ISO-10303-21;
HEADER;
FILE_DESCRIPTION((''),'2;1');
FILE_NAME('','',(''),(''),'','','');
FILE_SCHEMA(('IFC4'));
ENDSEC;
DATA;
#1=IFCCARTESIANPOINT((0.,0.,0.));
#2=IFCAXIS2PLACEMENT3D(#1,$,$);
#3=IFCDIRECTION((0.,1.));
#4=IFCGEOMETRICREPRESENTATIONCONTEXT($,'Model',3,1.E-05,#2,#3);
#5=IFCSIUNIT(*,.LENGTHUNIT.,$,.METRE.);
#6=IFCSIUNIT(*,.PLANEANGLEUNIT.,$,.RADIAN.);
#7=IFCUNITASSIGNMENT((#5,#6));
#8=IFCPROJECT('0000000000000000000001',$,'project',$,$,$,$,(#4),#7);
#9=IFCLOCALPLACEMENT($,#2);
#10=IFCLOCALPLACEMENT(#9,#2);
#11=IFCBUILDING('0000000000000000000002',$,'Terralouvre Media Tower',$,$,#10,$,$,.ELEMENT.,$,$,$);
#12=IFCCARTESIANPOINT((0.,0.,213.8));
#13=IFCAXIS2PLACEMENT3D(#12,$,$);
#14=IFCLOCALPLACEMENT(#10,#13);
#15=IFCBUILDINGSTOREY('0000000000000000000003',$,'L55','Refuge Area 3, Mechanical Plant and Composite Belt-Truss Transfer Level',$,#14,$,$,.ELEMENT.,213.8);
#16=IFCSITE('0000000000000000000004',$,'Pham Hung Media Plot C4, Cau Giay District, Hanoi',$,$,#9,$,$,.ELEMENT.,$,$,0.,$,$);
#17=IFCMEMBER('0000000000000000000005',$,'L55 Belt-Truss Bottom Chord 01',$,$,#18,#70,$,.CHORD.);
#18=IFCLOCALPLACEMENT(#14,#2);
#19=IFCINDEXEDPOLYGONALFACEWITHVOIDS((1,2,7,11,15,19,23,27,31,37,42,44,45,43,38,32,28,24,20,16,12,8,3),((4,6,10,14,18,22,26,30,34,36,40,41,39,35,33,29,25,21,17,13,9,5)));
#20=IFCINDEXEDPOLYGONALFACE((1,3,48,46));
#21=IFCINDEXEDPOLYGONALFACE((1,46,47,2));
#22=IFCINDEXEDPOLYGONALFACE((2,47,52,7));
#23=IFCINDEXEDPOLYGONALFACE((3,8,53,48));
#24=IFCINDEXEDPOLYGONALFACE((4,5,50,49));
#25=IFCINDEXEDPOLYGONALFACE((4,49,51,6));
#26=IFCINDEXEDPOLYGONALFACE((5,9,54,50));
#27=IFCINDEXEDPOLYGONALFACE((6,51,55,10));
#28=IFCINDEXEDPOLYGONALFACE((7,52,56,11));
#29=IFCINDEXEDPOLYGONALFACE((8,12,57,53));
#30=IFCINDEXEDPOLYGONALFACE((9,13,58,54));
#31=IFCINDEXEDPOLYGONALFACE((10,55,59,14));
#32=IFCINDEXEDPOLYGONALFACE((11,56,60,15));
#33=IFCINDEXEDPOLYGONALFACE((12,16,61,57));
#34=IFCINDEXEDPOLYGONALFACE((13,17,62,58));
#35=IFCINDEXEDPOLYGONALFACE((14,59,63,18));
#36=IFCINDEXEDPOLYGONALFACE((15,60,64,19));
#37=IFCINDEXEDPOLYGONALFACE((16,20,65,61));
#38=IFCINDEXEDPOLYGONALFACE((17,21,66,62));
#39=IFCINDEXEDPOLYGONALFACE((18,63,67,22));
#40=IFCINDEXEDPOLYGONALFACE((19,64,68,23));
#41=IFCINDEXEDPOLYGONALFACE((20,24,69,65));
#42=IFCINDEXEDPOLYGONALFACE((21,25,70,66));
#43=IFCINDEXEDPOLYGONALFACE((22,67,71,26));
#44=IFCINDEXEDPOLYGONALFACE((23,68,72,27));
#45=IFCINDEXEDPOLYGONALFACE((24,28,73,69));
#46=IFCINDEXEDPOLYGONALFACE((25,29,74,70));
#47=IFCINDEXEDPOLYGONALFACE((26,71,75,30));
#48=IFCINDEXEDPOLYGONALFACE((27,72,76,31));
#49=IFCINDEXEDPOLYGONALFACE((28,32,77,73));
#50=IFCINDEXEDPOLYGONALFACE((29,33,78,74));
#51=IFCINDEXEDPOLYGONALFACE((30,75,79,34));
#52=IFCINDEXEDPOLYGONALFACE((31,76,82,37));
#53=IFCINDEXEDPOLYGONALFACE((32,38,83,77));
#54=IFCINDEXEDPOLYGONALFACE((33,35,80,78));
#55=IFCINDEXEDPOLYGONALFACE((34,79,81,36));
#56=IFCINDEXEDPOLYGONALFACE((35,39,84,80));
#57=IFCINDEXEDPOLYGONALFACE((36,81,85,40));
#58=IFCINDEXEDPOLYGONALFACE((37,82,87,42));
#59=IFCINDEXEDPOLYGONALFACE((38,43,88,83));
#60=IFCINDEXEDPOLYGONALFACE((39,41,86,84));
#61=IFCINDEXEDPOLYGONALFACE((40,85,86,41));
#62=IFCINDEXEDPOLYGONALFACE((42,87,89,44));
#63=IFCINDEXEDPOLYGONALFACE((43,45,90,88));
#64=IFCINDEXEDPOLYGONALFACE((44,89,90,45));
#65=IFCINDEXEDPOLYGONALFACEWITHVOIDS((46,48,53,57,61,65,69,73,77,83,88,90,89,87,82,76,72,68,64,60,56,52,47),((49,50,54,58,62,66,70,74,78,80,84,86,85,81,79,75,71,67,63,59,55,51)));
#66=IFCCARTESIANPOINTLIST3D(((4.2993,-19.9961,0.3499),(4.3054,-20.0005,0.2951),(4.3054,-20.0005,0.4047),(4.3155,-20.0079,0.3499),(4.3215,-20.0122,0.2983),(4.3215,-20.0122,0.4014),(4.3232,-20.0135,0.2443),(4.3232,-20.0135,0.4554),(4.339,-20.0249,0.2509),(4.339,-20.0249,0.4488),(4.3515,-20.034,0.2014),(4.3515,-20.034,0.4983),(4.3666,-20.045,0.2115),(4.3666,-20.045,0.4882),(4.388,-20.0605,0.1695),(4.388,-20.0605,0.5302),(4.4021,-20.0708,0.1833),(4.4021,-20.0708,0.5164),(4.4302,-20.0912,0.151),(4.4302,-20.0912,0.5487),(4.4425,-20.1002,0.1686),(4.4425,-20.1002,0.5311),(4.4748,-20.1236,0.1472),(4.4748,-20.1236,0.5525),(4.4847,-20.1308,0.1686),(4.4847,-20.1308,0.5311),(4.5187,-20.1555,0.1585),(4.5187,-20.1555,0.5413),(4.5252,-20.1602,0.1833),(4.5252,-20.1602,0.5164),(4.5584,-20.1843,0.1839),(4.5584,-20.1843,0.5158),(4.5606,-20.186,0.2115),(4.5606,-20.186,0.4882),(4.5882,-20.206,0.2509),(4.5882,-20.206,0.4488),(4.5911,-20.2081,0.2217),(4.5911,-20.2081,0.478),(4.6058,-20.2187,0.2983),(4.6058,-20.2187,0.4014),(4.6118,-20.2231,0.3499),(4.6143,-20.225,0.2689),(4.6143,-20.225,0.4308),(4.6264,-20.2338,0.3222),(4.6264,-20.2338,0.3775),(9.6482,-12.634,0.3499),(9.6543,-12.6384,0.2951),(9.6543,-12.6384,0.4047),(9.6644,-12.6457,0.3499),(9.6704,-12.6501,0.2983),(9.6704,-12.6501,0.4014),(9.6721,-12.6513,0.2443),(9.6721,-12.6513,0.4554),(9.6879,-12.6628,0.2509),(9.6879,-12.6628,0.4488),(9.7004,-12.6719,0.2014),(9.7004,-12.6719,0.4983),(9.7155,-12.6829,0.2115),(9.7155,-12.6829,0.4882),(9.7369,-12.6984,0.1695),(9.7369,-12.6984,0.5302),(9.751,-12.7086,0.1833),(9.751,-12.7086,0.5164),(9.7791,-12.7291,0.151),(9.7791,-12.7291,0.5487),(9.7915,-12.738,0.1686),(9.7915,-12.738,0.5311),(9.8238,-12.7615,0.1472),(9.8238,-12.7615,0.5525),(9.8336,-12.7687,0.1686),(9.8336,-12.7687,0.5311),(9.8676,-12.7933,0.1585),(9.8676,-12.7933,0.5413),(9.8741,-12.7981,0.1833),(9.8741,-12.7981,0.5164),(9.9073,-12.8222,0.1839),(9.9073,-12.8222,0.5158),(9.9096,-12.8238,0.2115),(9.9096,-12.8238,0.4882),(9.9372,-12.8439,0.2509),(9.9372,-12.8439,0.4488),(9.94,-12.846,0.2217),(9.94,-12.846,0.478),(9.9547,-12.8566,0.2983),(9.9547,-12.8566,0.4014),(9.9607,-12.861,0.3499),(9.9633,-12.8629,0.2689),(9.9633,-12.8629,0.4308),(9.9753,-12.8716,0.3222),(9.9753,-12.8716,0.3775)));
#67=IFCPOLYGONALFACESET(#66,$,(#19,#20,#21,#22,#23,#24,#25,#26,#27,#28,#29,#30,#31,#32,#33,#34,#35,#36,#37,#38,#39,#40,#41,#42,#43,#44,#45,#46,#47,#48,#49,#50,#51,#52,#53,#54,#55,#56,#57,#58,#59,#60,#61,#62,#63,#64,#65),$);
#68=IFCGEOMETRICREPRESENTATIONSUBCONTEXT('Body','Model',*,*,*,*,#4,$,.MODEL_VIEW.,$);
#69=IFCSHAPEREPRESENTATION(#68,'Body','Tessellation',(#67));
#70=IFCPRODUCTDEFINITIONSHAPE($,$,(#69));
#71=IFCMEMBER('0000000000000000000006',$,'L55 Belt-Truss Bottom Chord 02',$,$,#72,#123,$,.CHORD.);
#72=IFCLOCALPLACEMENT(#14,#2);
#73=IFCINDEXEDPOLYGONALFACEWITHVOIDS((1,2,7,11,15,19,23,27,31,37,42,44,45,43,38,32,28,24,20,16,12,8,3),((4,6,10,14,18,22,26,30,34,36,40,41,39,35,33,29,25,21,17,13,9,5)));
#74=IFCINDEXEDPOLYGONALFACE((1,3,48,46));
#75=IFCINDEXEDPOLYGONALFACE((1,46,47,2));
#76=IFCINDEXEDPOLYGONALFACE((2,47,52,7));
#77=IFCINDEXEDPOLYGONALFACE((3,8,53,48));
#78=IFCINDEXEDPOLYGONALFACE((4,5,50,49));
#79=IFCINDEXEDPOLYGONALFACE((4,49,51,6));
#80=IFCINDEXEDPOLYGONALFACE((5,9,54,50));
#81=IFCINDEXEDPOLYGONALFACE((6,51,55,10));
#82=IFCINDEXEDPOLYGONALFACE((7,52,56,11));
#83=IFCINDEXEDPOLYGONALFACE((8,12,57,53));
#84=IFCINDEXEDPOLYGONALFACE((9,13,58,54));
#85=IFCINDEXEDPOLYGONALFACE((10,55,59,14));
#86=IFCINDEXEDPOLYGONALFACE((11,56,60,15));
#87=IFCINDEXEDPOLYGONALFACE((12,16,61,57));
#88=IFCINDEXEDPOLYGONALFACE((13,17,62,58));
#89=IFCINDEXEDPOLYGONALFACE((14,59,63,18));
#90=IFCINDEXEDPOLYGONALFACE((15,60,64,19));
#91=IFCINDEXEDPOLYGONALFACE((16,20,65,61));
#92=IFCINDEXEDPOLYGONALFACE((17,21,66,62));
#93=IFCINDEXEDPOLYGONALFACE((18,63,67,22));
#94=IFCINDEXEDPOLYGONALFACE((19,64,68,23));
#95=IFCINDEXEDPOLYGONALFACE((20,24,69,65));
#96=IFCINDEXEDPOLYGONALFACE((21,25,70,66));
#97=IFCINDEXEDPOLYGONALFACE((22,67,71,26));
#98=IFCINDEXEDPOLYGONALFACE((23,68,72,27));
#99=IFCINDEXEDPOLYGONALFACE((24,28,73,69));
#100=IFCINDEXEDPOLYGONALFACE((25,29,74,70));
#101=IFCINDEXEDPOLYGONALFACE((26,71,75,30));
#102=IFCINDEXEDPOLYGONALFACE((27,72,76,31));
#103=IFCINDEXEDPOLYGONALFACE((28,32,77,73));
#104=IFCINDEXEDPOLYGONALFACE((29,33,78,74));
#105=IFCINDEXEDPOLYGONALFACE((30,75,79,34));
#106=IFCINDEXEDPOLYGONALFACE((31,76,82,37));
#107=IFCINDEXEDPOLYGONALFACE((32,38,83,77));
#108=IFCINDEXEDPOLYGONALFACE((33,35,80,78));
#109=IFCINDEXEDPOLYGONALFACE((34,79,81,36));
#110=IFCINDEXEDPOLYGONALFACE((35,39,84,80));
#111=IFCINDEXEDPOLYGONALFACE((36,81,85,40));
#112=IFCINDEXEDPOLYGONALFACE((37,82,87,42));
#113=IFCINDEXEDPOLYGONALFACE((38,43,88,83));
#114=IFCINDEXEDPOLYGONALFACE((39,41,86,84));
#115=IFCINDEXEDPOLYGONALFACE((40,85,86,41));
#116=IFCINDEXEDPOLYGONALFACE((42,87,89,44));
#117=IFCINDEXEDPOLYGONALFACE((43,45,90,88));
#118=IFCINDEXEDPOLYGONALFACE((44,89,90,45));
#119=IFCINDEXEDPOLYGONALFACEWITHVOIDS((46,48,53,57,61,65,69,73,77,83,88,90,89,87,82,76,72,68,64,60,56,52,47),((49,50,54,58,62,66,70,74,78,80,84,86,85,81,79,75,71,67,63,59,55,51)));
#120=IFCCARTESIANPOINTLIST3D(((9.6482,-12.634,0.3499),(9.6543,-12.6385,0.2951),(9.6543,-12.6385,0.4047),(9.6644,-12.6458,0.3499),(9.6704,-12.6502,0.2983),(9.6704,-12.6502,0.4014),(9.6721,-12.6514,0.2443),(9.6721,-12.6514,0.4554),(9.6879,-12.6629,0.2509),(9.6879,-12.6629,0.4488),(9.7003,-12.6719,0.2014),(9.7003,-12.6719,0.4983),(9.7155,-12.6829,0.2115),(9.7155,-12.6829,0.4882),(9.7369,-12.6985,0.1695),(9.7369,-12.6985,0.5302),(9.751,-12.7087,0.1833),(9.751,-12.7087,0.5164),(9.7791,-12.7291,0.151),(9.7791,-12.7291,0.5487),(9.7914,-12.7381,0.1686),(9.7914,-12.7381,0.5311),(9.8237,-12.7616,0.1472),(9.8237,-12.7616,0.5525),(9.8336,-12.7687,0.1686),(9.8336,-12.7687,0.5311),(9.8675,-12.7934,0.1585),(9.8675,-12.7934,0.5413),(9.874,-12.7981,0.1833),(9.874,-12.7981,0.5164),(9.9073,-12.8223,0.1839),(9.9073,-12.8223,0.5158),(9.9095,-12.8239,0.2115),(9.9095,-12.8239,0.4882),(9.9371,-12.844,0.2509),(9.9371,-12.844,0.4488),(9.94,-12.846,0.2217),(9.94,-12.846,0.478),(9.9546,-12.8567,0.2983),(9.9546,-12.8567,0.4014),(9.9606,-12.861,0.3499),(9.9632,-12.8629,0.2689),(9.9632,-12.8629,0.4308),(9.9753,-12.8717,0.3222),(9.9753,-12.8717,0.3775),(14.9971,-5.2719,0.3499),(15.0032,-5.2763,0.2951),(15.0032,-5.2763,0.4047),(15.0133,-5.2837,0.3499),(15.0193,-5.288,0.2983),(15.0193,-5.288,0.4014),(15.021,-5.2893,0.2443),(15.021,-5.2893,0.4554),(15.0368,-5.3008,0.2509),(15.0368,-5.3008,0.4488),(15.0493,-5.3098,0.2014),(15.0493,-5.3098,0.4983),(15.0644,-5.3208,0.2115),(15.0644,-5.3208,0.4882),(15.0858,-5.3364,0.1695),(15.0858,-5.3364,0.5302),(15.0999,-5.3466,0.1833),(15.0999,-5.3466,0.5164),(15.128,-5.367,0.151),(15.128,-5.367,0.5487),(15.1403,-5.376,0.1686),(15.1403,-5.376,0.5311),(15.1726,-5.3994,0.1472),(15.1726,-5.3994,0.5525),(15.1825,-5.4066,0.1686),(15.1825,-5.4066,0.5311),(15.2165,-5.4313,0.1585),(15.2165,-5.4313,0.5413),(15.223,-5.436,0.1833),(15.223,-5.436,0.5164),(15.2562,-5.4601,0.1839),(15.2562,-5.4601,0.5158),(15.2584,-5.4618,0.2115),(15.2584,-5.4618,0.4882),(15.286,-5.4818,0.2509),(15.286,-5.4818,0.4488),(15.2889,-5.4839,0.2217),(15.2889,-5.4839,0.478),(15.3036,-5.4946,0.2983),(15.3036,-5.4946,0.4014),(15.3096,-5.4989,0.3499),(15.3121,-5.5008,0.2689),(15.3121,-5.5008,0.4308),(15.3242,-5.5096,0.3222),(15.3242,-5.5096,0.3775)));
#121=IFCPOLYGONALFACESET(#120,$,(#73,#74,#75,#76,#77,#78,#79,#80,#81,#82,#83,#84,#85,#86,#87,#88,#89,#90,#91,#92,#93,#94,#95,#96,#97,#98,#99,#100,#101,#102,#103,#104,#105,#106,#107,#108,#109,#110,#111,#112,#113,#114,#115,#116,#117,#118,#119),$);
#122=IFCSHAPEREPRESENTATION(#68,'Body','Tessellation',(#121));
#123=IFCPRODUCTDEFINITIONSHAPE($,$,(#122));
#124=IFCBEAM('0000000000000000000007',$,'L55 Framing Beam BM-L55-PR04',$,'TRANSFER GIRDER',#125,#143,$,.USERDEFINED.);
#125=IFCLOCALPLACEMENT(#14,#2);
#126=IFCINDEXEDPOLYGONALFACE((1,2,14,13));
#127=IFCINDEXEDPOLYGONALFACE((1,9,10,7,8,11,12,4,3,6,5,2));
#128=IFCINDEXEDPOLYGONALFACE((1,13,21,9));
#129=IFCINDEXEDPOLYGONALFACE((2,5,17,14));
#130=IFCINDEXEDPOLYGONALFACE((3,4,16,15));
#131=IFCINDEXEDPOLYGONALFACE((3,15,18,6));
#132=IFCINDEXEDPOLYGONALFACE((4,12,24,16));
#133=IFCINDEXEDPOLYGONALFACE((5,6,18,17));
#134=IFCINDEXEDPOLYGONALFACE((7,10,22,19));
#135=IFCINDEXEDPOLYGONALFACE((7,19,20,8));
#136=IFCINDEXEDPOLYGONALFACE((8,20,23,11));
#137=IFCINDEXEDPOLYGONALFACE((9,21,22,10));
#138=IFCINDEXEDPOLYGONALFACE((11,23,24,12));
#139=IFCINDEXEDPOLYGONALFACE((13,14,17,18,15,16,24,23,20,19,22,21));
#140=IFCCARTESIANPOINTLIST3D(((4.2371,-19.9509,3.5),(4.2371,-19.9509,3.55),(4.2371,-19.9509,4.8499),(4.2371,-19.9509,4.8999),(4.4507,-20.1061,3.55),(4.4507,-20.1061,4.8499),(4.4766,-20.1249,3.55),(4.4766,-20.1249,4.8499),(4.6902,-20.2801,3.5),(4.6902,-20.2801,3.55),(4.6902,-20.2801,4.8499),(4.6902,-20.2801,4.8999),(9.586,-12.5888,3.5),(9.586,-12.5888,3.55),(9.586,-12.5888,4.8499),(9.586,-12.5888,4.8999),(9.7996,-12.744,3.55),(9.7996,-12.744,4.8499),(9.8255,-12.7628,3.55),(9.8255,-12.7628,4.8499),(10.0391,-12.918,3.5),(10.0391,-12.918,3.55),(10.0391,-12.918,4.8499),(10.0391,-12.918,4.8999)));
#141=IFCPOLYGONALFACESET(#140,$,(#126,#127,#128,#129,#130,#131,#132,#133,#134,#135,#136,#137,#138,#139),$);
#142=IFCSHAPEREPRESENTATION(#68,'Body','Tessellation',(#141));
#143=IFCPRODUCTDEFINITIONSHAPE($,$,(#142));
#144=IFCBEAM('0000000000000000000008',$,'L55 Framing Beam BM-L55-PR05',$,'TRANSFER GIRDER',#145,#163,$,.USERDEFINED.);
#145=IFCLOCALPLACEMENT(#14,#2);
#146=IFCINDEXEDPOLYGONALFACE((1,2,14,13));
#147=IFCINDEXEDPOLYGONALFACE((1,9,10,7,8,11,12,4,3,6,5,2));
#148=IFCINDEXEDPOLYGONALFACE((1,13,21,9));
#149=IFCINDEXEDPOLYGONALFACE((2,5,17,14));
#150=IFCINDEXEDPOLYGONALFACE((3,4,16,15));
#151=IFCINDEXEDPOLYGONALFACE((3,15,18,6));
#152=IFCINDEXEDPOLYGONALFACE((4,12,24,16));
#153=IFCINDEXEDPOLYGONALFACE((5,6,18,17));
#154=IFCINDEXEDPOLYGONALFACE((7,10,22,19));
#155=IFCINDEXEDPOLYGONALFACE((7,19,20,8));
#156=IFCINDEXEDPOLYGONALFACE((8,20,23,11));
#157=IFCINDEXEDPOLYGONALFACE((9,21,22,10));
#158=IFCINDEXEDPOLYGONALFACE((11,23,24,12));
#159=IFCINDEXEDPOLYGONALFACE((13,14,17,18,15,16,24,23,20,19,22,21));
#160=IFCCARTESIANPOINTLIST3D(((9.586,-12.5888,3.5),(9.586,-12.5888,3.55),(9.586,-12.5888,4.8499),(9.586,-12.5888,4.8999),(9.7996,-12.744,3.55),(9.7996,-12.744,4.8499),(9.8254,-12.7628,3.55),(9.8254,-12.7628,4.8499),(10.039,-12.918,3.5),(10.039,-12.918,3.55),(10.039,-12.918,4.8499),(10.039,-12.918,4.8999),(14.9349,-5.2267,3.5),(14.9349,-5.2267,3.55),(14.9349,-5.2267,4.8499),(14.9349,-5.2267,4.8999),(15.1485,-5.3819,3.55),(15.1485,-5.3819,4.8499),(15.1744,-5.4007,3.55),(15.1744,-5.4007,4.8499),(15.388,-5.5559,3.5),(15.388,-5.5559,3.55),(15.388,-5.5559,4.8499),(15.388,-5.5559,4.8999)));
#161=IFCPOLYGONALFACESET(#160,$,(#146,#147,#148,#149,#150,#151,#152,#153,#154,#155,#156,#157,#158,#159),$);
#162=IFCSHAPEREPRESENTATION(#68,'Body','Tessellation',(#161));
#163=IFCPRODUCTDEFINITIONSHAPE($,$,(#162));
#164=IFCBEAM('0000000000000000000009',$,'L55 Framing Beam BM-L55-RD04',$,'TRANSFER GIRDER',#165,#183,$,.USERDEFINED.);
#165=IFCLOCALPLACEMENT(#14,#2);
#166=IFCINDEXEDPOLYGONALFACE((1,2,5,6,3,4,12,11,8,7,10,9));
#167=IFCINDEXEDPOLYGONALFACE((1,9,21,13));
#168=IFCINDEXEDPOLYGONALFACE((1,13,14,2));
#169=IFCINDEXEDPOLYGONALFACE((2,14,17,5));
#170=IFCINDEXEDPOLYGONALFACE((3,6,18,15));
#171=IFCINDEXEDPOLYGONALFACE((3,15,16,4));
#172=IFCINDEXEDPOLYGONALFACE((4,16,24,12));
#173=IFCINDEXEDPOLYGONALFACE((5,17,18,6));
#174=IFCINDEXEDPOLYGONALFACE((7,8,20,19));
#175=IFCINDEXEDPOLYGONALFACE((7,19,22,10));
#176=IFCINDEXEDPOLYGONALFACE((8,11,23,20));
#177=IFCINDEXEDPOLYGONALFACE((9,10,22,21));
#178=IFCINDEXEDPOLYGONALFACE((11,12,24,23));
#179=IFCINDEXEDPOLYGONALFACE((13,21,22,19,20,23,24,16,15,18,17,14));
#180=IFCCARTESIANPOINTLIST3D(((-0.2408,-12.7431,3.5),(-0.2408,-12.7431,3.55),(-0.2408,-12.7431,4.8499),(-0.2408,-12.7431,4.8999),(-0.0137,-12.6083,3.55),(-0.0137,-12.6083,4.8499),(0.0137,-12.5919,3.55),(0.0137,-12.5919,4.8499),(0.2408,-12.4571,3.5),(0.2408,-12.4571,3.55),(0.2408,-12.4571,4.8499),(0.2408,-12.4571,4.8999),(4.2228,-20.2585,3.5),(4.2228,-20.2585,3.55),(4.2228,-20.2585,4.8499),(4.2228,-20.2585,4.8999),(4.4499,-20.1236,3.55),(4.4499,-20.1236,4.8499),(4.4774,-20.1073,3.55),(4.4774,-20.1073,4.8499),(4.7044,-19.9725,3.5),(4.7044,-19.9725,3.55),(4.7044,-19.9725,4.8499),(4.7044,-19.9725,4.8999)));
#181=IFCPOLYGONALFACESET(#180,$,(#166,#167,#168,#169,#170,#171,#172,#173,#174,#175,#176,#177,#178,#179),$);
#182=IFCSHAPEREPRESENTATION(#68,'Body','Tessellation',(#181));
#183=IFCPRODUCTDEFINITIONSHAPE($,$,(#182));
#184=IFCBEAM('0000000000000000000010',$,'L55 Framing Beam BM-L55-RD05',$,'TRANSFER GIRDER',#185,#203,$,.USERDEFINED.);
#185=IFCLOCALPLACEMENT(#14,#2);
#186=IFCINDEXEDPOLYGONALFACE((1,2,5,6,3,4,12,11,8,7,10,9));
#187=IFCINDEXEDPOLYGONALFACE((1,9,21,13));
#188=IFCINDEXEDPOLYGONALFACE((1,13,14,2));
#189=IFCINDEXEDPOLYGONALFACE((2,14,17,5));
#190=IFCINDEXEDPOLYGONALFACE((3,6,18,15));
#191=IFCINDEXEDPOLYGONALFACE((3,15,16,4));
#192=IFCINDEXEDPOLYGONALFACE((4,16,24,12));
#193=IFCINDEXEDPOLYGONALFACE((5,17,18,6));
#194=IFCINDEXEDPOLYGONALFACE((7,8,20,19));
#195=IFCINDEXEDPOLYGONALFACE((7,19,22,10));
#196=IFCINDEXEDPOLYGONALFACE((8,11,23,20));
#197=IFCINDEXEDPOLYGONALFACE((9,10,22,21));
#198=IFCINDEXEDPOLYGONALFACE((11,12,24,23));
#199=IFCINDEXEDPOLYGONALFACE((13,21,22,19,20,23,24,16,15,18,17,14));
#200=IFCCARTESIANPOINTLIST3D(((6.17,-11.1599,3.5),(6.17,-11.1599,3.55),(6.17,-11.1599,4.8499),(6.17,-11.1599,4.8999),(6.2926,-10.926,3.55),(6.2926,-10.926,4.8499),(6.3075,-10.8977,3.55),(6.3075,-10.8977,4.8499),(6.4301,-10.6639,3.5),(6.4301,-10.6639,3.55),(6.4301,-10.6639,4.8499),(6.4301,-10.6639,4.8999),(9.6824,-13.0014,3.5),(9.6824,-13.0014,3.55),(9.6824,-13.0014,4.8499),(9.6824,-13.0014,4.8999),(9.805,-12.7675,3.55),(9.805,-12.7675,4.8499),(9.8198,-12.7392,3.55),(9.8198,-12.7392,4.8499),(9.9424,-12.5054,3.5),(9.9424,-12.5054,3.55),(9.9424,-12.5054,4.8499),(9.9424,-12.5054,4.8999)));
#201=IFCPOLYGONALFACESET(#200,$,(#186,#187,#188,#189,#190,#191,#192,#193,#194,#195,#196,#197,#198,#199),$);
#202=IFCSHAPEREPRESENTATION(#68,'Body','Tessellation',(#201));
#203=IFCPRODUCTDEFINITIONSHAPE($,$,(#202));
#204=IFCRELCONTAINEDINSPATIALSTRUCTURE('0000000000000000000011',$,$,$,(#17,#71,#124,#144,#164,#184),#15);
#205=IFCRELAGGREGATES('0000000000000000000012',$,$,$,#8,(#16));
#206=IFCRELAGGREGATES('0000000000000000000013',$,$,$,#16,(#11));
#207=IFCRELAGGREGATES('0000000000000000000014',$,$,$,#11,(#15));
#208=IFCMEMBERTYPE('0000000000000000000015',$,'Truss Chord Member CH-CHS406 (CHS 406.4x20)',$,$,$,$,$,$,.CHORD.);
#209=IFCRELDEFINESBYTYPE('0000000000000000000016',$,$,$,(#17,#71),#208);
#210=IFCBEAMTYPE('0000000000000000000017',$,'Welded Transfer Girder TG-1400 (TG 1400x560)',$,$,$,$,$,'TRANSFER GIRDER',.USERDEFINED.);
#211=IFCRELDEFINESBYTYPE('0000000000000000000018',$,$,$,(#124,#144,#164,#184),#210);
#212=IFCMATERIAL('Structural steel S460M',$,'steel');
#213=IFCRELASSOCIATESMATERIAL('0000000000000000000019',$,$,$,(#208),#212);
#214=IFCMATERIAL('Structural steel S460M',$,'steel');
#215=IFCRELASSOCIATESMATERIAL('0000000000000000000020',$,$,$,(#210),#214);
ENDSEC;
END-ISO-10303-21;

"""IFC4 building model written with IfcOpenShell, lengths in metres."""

from ifc_helpers import new_model, si_unit, direction, frame, origin, origin_2d, place, context, subcontext, project, spatial, hollow_circle, i_section, extrude, material, material_profile, profile_set, type_object, element, save


model = new_model("IFC4")

# Units and contexts
model_context = context("Model", 3, precision=1e-05, world=origin(), true_north=direction((0.0, 1.0)))
body_context = subcontext(model_context, "Body", "Model", "MODEL_VIEW")
ifc_project = project(units=[si_unit("LENGTHUNIT", "METRE"), si_unit("PLANEANGLEUNIT", "RADIAN")], contexts=[model_context])

# Site, building, storey
site_placement = place(None, origin())
site = spatial("IfcSite", under=ifc_project, at=site_placement, Name="Pham Hung Media Plot C4, Cau Giay District, Hanoi", CompositionType="ELEMENT", RefElevation=0.0)
building_placement = place(site_placement, origin())
building = spatial("IfcBuilding", under=site, at=building_placement, Name="Terralouvre Media Tower", CompositionType="ELEMENT")
storey_placement = place(building_placement, frame((0.0, 0.0, 213.8)))
storey = spatial("IfcBuildingStorey", under=building, at=storey_placement, Name="L55", Description="Refuge Area 3, Mechanical Plant and Composite Belt-Truss Transfer Level", CompositionType="ELEMENT", Elevation=213.8)

# Members
ifc_material_1 = material(Name="Structural steel S460M", Category="steel")
ifc_material_profile_1 = material_profile(ifc_material_1, hollow_circle(Radius=0.2031, WallThickness=0.02, at=origin_2d()), Name="CHS 406.4x20")
ifc_profile_set_1 = profile_set([ifc_material_profile_1], Name="Structural steel S460M")
member_type_1 = type_object("IfcMemberType", Name="Truss Chord Member CH-CHS406 (CHS 406.4x20)", PredefinedType="CHORD", material=ifc_profile_set_1)
for number, where, z_axis, x_axis, name in (
    (1, (4.4636, -20.1155, 0.3499), (0.587787, 0.809016, 0.0), (-0.809016, 0.587787, 0.0), "L55 Belt-Truss Bottom Chord 01"),
    (2, (9.8125, -12.7534, 0.3499), (0.587787, 0.809016, 0.0), (-0.809016, 0.587787, 0.0), "L55 Belt-Truss Bottom Chord 02"),
):
    element("IfcMember", number, at=place(storey_placement, frame(where, z_axis=z_axis, x_axis=x_axis)), inside=storey, type_object=member_type_1, Name=name, PredefinedType="CHORD", context=body_context, shape_type="SweptSolid", body=[
        extrude(hollow_circle(Radius=0.2031, WallThickness=0.02, at=origin_2d()), origin(), (0.0, 0.0, 1.0), 9.1001),
    ])

# Beams
ifc_material_2 = material(Name="Structural steel S460M", Category="steel")
ifc_material_profile_2 = material_profile(ifc_material_2, i_section(OverallWidth=0.5601, OverallDepth=1.3999, WebThickness=0.032, FlangeThickness=0.05, at=origin_2d()), Name="TG 1400x560")
ifc_profile_set_2 = profile_set([ifc_material_profile_2], Name="Structural steel S460M")
beam_type_1 = type_object("IfcBeamType", Name="Welded Transfer Girder TG-1400 (TG 1400x560)", ElementType="TRANSFER GIRDER", PredefinedType="USERDEFINED", material=ifc_profile_set_2)
for number, where, z_axis, x_axis, name in (
    (3, (4.4636, -20.1155, 4.2), (0.587787, 0.809016, 0.0), (-0.809016, 0.587787, 0.0), "L55 Framing Beam BM-L55-PR04"),
    (4, (9.8125, -12.7534, 4.2), (0.587787, 0.809016, 0.0), (-0.809016, 0.587787, 0.0), "L55 Framing Beam BM-L55-PR05"),
):
    element("IfcBeam", number, at=place(storey_placement, frame(where, z_axis=z_axis, x_axis=x_axis)), inside=storey, type_object=beam_type_1, Name=name, ObjectType="TRANSFER GIRDER", PredefinedType="USERDEFINED", context=body_context, shape_type="SweptSolid", body=[
        extrude(i_section(OverallWidth=0.5601, OverallDepth=1.3999, WebThickness=0.032, FlangeThickness=0.05, at=origin_2d()), origin(), (0.0, 0.0, 1.0), 9.1001),
    ])
beam_1_placement = place(storey_placement, frame((0.0, -12.6001, 4.2), z_axis=(0.510654, -0.859786, 0.0), x_axis=(0.859786, 0.510654, 0.0)))
element("IfcBeam", 5, at=beam_1_placement, inside=storey, type_object=beam_type_1, Name="L55 Framing Beam BM-L55-RD04", ObjectType="TRANSFER GIRDER", PredefinedType="USERDEFINED", context=body_context, shape_type="SweptSolid", body=[
    extrude(i_section(OverallWidth=0.5601, OverallDepth=1.3999, WebThickness=0.032, FlangeThickness=0.05, at=origin_2d()), origin(), (0.0, 0.0, 1.0), 8.741),
])
beam_2_placement = place(storey_placement, frame((6.3, -10.9119, 4.2), z_axis=(0.885656, -0.464343, 0.0), x_axis=(0.464343, 0.885656, 0.0)))
element("IfcBeam", 6, at=beam_2_placement, inside=storey, type_object=beam_type_1, Name="L55 Framing Beam BM-L55-RD05", ObjectType="TRANSFER GIRDER", PredefinedType="USERDEFINED", context=body_context, shape_type="SweptSolid", body=[
    extrude(i_section(OverallWidth=0.5601, OverallDepth=1.3999, WebThickness=0.032, FlangeThickness=0.05, at=origin_2d()), origin(), (0.0, 0.0, 1.0), 3.9658),
])

save(model, "model.ifc")
